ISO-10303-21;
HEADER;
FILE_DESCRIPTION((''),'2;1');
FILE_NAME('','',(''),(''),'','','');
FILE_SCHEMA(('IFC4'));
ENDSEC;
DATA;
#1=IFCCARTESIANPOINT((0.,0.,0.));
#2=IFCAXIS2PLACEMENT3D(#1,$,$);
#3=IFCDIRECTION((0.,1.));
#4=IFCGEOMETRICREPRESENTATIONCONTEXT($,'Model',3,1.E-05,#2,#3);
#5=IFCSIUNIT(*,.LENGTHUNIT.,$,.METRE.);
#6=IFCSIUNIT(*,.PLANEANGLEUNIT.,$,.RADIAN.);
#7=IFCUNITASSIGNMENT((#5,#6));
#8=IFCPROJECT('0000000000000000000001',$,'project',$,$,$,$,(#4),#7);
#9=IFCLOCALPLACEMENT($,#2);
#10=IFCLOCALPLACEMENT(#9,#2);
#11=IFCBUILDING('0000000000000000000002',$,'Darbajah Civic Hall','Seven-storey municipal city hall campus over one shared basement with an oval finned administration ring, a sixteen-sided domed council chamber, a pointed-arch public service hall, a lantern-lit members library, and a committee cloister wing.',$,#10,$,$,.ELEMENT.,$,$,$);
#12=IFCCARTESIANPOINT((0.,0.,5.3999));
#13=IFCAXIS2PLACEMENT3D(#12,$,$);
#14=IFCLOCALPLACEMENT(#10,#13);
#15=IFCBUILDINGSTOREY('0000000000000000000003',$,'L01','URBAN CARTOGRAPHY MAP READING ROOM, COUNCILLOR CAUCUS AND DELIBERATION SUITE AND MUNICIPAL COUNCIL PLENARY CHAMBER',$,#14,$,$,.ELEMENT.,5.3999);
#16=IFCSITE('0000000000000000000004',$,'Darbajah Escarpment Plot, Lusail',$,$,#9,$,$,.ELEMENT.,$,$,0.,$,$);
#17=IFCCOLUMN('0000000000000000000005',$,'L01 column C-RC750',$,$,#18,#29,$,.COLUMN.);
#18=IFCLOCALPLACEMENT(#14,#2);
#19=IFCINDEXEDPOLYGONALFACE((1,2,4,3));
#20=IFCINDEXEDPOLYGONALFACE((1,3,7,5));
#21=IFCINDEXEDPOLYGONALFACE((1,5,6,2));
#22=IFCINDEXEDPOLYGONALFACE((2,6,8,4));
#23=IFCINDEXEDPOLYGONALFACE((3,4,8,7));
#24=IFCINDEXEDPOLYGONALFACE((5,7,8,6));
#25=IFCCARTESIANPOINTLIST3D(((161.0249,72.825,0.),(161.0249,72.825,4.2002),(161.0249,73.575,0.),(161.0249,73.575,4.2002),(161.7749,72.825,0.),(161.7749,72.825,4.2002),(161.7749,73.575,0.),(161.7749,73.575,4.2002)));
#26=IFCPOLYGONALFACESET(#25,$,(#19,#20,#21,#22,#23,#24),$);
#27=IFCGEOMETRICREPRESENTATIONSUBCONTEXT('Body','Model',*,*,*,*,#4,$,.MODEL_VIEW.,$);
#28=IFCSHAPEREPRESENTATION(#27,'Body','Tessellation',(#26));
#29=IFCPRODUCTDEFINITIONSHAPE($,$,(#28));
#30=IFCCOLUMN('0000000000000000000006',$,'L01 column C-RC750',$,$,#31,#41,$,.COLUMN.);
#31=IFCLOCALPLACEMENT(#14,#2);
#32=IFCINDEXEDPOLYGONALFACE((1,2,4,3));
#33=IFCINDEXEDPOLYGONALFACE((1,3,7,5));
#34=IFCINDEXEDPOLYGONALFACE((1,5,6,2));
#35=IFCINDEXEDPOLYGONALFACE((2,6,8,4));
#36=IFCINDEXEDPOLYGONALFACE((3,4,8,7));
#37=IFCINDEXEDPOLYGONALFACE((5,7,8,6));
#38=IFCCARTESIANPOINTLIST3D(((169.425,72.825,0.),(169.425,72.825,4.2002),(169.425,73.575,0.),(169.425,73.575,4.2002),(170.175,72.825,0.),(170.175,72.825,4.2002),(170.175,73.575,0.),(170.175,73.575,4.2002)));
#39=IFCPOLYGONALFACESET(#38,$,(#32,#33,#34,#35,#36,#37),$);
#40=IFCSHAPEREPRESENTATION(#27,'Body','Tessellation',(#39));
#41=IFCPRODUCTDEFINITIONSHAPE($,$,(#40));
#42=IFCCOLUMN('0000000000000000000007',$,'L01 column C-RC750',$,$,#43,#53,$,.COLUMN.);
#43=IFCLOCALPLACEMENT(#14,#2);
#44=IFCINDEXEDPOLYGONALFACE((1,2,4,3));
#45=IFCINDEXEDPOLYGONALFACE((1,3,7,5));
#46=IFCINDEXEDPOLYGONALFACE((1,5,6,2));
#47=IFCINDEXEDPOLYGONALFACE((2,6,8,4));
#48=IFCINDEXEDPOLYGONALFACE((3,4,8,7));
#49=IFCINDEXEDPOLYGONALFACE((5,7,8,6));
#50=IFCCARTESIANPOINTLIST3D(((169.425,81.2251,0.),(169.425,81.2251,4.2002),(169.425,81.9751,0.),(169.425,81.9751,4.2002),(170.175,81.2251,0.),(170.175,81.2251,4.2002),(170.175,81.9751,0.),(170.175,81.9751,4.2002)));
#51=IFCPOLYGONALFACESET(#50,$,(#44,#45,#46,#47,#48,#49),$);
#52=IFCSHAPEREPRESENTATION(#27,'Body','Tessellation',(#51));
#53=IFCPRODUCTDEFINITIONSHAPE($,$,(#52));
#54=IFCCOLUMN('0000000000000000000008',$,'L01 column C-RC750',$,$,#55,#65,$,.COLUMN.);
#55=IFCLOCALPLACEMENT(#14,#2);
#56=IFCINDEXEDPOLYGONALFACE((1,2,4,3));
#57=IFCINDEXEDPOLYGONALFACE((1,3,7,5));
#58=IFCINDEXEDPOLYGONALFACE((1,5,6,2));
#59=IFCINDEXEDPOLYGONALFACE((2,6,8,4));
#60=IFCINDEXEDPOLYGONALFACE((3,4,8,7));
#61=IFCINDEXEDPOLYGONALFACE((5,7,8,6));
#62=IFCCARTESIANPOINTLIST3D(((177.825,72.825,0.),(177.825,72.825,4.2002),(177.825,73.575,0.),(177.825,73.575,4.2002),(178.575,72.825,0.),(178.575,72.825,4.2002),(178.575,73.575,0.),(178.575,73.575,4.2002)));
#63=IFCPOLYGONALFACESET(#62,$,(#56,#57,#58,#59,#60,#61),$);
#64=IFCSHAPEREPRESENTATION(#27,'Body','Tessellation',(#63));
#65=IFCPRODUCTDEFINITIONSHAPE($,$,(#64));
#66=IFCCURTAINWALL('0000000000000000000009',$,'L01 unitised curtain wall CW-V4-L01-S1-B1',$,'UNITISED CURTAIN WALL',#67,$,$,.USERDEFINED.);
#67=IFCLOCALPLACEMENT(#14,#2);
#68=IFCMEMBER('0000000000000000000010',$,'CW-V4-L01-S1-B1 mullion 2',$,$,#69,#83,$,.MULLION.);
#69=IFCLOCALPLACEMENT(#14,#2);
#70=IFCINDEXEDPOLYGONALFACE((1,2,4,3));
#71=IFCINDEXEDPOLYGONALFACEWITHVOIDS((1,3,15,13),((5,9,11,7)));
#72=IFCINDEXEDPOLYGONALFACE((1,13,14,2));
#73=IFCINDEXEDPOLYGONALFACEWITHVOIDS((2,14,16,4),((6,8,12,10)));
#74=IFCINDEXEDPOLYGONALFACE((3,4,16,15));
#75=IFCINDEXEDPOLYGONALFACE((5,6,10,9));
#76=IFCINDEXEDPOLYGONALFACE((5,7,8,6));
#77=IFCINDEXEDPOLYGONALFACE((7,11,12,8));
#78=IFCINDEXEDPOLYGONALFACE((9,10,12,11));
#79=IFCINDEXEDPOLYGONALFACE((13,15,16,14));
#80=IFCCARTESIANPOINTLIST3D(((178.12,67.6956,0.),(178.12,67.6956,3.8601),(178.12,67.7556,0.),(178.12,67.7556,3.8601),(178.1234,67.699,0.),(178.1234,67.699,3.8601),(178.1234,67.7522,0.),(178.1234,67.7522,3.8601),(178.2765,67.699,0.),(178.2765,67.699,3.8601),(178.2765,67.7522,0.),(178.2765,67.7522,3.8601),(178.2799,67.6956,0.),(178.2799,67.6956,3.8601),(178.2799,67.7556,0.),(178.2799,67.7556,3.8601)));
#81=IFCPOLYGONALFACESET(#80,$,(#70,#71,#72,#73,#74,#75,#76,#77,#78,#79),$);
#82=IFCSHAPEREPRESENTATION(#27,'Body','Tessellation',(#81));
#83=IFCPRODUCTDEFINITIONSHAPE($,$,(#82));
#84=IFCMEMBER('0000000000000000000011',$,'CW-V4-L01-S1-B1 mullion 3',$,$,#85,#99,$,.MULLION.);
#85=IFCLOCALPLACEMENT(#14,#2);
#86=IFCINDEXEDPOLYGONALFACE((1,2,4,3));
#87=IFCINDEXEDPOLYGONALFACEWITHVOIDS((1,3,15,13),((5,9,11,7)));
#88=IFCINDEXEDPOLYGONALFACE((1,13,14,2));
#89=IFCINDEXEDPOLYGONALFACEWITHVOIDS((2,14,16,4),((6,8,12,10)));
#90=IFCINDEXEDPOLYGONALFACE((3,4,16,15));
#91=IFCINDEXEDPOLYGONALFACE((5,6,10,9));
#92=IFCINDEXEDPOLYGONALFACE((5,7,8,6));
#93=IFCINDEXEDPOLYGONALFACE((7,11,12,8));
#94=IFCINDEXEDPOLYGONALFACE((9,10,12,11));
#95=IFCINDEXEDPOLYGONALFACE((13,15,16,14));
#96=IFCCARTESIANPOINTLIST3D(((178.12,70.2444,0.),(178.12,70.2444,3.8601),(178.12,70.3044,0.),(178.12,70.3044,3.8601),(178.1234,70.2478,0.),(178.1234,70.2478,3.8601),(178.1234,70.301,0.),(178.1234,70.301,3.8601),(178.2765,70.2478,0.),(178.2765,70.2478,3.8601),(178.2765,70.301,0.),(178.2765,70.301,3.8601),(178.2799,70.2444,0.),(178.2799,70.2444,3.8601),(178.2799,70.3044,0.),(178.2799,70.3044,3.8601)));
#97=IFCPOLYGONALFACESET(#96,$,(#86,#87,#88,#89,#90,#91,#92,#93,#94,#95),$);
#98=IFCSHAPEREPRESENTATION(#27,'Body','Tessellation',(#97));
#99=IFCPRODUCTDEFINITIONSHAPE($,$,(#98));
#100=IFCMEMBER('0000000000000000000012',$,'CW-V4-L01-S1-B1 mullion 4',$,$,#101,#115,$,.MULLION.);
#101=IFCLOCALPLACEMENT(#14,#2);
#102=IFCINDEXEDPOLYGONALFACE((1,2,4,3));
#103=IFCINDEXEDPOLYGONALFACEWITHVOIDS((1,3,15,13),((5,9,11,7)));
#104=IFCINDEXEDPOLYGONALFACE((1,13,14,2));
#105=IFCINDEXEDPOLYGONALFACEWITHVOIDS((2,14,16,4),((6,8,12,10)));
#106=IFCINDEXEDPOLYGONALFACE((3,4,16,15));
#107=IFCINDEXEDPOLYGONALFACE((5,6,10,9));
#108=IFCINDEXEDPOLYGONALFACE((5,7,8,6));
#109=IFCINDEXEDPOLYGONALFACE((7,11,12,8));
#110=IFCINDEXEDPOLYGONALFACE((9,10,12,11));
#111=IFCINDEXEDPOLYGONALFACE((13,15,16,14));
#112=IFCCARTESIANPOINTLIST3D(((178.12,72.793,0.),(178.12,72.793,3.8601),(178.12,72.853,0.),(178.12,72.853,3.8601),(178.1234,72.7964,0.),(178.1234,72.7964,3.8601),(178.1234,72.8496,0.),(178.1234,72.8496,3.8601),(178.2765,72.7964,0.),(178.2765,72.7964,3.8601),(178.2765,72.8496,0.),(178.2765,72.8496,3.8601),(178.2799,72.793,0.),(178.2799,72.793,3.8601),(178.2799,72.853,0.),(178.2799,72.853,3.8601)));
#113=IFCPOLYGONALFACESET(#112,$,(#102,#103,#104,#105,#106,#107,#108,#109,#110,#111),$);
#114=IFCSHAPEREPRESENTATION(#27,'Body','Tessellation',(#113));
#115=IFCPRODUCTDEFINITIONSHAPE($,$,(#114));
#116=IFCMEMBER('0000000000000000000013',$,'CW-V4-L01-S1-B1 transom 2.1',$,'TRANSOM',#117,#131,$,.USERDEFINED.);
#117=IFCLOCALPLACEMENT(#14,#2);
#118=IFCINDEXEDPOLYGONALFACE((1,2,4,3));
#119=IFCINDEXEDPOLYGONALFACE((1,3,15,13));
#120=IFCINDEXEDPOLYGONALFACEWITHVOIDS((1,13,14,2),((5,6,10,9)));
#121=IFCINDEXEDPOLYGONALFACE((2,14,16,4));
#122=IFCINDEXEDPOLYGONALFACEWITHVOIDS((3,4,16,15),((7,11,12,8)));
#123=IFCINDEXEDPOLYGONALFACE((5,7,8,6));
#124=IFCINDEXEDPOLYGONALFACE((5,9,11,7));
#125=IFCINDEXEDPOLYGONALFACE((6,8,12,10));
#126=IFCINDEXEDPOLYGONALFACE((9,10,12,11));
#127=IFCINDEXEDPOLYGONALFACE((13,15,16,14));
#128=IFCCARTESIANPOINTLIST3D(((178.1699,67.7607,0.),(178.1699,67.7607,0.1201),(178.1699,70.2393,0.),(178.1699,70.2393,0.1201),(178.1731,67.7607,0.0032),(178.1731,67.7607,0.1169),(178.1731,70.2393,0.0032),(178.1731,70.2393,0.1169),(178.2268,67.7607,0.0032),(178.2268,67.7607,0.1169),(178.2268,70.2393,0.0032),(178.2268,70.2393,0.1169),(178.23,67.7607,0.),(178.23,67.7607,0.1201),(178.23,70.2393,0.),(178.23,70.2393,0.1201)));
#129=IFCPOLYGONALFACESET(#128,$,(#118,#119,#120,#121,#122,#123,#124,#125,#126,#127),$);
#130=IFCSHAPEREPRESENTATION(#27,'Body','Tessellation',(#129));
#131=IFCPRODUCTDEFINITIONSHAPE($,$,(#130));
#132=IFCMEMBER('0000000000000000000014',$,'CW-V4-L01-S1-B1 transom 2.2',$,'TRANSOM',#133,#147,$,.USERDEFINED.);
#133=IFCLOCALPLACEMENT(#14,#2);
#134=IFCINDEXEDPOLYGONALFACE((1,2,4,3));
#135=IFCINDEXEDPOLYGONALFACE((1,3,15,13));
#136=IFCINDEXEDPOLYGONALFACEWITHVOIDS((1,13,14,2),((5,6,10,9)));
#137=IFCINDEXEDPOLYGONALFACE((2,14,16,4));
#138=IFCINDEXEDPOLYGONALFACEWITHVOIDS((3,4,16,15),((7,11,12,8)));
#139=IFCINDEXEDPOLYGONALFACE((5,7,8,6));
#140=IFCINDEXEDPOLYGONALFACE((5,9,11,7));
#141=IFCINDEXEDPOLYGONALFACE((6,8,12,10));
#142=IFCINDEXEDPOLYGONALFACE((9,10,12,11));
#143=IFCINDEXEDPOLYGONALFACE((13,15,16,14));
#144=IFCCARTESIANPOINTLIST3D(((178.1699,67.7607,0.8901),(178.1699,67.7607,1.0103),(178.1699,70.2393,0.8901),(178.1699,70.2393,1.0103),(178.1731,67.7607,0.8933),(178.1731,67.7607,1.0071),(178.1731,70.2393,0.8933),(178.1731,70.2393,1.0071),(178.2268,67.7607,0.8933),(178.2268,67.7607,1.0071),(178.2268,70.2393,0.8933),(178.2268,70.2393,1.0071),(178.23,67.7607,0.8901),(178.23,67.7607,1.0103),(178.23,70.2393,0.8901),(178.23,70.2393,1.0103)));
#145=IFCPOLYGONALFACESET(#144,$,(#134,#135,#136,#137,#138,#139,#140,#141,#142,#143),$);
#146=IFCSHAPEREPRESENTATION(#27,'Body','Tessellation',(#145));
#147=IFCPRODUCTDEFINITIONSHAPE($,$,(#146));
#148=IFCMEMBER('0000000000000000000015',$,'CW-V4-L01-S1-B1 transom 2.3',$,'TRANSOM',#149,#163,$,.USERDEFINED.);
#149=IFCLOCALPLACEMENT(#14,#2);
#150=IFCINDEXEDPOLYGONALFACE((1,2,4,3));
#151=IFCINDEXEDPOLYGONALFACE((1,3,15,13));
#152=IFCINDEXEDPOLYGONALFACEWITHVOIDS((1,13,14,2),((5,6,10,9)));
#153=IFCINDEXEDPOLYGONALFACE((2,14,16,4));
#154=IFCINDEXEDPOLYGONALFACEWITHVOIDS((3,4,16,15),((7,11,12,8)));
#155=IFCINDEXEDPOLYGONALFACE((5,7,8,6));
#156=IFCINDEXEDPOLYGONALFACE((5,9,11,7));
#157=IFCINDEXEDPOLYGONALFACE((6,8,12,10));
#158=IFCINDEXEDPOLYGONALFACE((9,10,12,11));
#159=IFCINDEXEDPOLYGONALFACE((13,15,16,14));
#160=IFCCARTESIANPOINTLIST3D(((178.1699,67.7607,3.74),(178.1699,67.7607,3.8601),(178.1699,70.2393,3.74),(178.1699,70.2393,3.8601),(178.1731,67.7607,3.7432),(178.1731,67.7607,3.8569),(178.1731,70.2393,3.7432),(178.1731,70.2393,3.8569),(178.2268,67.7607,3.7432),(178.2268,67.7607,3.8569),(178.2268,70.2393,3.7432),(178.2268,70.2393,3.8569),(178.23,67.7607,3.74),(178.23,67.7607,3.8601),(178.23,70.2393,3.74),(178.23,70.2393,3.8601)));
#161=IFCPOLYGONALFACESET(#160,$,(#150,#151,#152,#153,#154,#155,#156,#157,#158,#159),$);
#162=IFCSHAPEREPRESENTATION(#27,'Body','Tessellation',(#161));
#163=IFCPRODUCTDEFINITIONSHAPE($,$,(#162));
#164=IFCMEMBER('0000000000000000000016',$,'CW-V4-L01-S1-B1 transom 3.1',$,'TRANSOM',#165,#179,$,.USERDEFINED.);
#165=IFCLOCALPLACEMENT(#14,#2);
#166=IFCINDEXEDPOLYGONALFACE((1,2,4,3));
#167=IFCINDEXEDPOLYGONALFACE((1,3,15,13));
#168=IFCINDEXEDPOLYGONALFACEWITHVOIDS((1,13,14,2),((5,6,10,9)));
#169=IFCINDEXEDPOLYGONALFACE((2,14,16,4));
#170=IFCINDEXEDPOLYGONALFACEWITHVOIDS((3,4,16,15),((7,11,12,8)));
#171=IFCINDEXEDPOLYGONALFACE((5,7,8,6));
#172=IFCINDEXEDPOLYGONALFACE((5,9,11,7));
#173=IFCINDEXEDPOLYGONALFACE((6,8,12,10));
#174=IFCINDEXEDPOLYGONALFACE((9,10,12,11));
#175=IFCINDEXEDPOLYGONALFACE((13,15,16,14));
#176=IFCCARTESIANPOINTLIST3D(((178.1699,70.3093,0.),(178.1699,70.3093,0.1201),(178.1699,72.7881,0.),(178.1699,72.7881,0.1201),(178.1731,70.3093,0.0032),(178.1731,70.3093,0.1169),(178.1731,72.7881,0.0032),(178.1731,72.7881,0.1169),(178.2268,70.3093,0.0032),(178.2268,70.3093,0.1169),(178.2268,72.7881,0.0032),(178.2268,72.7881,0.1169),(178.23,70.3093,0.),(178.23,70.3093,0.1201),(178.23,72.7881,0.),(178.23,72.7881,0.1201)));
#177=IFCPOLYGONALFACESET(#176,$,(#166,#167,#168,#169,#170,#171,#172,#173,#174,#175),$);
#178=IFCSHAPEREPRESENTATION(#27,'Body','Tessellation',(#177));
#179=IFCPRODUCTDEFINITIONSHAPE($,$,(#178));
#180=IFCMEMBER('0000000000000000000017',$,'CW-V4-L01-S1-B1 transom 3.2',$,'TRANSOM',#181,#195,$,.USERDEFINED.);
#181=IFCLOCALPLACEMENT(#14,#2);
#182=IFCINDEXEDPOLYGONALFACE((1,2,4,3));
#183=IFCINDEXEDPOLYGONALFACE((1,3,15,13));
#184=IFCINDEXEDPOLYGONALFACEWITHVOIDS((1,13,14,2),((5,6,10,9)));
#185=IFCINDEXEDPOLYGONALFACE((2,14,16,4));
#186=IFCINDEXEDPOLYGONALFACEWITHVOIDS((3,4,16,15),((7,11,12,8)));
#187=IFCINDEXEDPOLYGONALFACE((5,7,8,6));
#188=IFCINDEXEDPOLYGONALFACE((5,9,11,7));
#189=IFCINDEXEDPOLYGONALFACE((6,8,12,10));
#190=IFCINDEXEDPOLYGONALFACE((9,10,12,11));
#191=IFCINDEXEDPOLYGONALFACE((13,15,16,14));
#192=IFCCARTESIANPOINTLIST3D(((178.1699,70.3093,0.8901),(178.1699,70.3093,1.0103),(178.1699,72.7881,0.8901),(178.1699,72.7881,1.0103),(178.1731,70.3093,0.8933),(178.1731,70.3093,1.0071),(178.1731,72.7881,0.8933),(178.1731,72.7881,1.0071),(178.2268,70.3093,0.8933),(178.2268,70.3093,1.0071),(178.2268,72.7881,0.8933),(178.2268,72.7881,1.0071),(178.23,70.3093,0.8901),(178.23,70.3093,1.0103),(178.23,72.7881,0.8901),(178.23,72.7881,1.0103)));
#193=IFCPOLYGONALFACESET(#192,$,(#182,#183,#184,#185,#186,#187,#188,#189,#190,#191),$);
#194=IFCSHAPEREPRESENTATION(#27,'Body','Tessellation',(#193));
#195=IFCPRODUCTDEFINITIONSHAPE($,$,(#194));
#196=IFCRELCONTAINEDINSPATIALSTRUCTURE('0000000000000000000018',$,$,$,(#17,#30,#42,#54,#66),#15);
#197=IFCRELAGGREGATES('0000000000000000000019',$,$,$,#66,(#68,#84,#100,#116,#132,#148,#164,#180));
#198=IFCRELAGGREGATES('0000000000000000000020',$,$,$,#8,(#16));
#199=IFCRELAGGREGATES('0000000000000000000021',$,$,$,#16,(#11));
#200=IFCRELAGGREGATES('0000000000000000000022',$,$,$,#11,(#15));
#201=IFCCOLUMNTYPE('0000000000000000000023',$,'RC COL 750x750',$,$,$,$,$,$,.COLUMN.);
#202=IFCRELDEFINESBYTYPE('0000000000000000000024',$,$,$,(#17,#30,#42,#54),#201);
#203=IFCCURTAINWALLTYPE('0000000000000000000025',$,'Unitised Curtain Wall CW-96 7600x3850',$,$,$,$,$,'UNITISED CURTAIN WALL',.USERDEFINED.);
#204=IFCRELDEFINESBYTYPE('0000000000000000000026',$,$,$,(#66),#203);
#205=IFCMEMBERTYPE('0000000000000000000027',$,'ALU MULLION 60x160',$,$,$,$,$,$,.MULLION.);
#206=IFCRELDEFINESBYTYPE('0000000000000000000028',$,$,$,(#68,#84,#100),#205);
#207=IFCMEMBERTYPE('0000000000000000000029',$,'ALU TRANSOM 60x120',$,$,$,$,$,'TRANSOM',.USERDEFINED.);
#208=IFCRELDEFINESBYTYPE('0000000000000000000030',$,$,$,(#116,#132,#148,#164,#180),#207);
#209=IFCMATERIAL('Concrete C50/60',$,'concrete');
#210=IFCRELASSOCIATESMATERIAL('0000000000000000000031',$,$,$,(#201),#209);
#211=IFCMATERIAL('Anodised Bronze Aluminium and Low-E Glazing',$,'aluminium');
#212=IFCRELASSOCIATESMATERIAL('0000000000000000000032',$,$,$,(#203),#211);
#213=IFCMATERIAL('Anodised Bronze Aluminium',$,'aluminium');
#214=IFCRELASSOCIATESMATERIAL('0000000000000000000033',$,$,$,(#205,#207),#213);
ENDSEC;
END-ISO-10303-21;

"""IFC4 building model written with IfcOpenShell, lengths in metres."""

from ifc_helpers import new_model, si_unit, direction, frame, origin, origin_2d, place, context, subcontext, project, spatial, rectangle, hollow_rectangle, extrude, material, material_profile, profile_set, type_object, element, aggregate, save


model = new_model("IFC4")

# Units and contexts
model_context = context("Model", 3, precision=1e-05, world=origin(), true_north=direction((0.0, 1.0)))
body_context = subcontext(model_context, "Body", "Model", "MODEL_VIEW")
ifc_project = project(units=[si_unit("LENGTHUNIT", "METRE"), si_unit("PLANEANGLEUNIT", "RADIAN")], contexts=[model_context])

# Site, building, storey
site_placement = place(None, origin())
site = spatial("IfcSite", under=ifc_project, at=site_placement, Name="Darbajah Escarpment Plot, Lusail", CompositionType="ELEMENT", RefElevation=0.0)
building_placement = place(site_placement, origin())
building = spatial("IfcBuilding", under=site, at=building_placement, Name="Darbajah Civic Hall", Description="Seven-storey municipal city hall campus over one shared basement with an oval finned administration ring, a sixteen-sided domed council chamber, a pointed-arch public service hall, a lantern-lit members library, and a committee cloister wing.", CompositionType="ELEMENT")
storey_placement = place(building_placement, frame((0.0, 0.0, 5.3999)))
storey = spatial("IfcBuildingStorey", under=building, at=storey_placement, Name="L01", Description="URBAN CARTOGRAPHY MAP READING ROOM, COUNCILLOR CAUCUS AND DELIBERATION SUITE AND MUNICIPAL COUNCIL PLENARY CHAMBER", CompositionType="ELEMENT", Elevation=5.3999)

# Columns
ifc_material_1 = material(Name="Concrete C50/60", Category="concrete")
ifc_material_profile_1 = material_profile(ifc_material_1, rectangle(XDim=0.75, YDim=0.75, at=origin_2d()), Name="RC COL 750x750")
ifc_profile_set_1 = profile_set([ifc_material_profile_1], Name="Concrete C50/60")
column_type = type_object("IfcColumnType", Name="RC COL 750x750", PredefinedType="COLUMN", material=ifc_profile_set_1)
for number, where, z_axis, x_axis, name in (
    (1, (161.3999, 73.2, 0.0), (0.0, 0.0, 1.0), (1.0, 0.0, 0.0), "L01 column C-RC750"),
    (2, (169.8, 73.2, 0.0), (0.0, 0.0, 1.0), (1.0, 0.0, 0.0), "L01 column C-RC750"),
    (3, (169.8, 81.6001, 0.0), (0.0, 0.0, 1.0), (1.0, 0.0, 0.0), "L01 column C-RC750"),
    (4, (178.2, 73.2, 0.0), (0.0, 0.0, 1.0), (1.0, 0.0, 0.0), "L01 column C-RC750"),
):
    element("IfcColumn", number, at=place(storey_placement, frame(where, z_axis=z_axis, x_axis=x_axis)), inside=storey, type_object=column_type, Name=name, PredefinedType="COLUMN", context=body_context, shape_type="SweptSolid", body=[
        extrude(rectangle(XDim=0.75, YDim=0.75, at=origin_2d()), origin(), (0.0, 0.0, 1.0), 4.2002),
    ])

# Curtain wall, members
ifc_material_2 = material(Name="Anodised Bronze Aluminium and Low-E Glazing", Category="aluminium")
curtain_wall_type = type_object("IfcCurtainWallType", Name="Unitised Curtain Wall CW-96 7600x3850", ElementType="UNITISED CURTAIN WALL", PredefinedType="USERDEFINED", material=ifc_material_2)
curtain_wall_placement = place(storey_placement, origin())
curtain_wall = element("IfcCurtainWall", 5, at=curtain_wall_placement, inside=storey, type_object=curtain_wall_type, Name="L01 unitised curtain wall CW-V4-L01-S1-B1", ObjectType="UNITISED CURTAIN WALL", PredefinedType="USERDEFINED")
ifc_material_3 = material(Name="Anodised Bronze Aluminium", Category="aluminium")
ifc_material_profile_2 = material_profile(ifc_material_3, hollow_rectangle(XDim=0.0601, YDim=0.1599, WallThickness=0.0034, at=origin_2d()), Name="ALU MULLION 60x160")
ifc_profile_set_2 = profile_set([ifc_material_profile_2], Name="Anodised Bronze Aluminium")
member_type_1 = type_object("IfcMemberType", Name="ALU MULLION 60x160", PredefinedType="MULLION", material=ifc_profile_set_2)
member_1_placement = place(storey_placement, frame((178.2, 67.7256, 0.0), z_axis=(0.0, 0.0, 1.0), x_axis=(0.0, 1.0, 0.0)))
member_1 = element("IfcMember", 6, at=member_1_placement, type_object=member_type_1, Name="CW-V4-L01-S1-B1 mullion 2", PredefinedType="MULLION", context=body_context, shape_type="SweptSolid", body=[
    extrude(hollow_rectangle(XDim=0.0601, YDim=0.1599, WallThickness=0.0034, at=origin_2d()), origin(), (0.0, 0.0, 1.0), 3.8601),
])
member_2_placement = place(storey_placement, frame((178.2, 70.2744, 0.0), z_axis=(0.0, 0.0, 1.0), x_axis=(0.0, 1.0, 0.0)))
member_2 = element("IfcMember", 7, at=member_2_placement, type_object=member_type_1, Name="CW-V4-L01-S1-B1 mullion 3", PredefinedType="MULLION", context=body_context, shape_type="SweptSolid", body=[
    extrude(hollow_rectangle(XDim=0.0601, YDim=0.1599, WallThickness=0.0034, at=origin_2d()), origin(), (0.0, 0.0, 1.0), 3.8601),
])
member_3_placement = place(storey_placement, frame((178.2, 72.823, 0.0), z_axis=(0.0, 0.0, 1.0), x_axis=(0.0, 1.0, 0.0)))
member_3 = element("IfcMember", 8, at=member_3_placement, type_object=member_type_1, Name="CW-V4-L01-S1-B1 mullion 4", PredefinedType="MULLION", context=body_context, shape_type="SweptSolid", body=[
    extrude(hollow_rectangle(XDim=0.0601, YDim=0.1599, WallThickness=0.0034, at=origin_2d()), origin(), (0.0, 0.0, 1.0), 3.8601),
])
ifc_material_profile_3 = material_profile(ifc_material_3, hollow_rectangle(XDim=0.0601, YDim=0.1201, WallThickness=0.0032, at=origin_2d()), Name="ALU TRANSOM 60x120")
ifc_profile_set_3 = profile_set([ifc_material_profile_3], Name="Anodised Bronze Aluminium")
member_type_2 = type_object("IfcMemberType", Name="ALU TRANSOM 60x120", ElementType="TRANSOM", PredefinedType="USERDEFINED", material=ifc_profile_set_3)
member_4_placement = place(storey_placement, frame((178.2, 67.7607, 0.0601), z_axis=(0.0, 1.0, 0.0), x_axis=(-1.0, 0.0, 0.0)))
member_4 = element("IfcMember", 9, at=member_4_placement, type_object=member_type_2, Name="CW-V4-L01-S1-B1 transom 2.1", ObjectType="TRANSOM", PredefinedType="USERDEFINED", context=body_context, shape_type="SweptSolid", body=[
    extrude(hollow_rectangle(XDim=0.0601, YDim=0.1201, WallThickness=0.0032, at=origin_2d()), origin(), (0.0, 0.0, 1.0), 2.4785),
])
member_5_placement = place(storey_placement, frame((178.2, 67.7607, 0.9502), z_axis=(0.0, 1.0, 0.0), x_axis=(-1.0, 0.0, 0.0)))
member_5 = element("IfcMember", 10, at=member_5_placement, type_object=member_type_2, Name="CW-V4-L01-S1-B1 transom 2.2", ObjectType="TRANSOM", PredefinedType="USERDEFINED", context=body_context, shape_type="SweptSolid", body=[
    extrude(hollow_rectangle(XDim=0.0601, YDim=0.1201, WallThickness=0.0032, at=origin_2d()), origin(), (0.0, 0.0, 1.0), 2.4785),
])
member_6_placement = place(storey_placement, frame((178.2, 67.7607, 3.8), z_axis=(0.0, 1.0, 0.0), x_axis=(-1.0, 0.0, 0.0)))
member_6 = element("IfcMember", 11, at=member_6_placement, type_object=member_type_2, Name="CW-V4-L01-S1-B1 transom 2.3", ObjectType="TRANSOM", PredefinedType="USERDEFINED", context=body_context, shape_type="SweptSolid", body=[
    extrude(hollow_rectangle(XDim=0.0601, YDim=0.1201, WallThickness=0.0032, at=origin_2d()), origin(), (0.0, 0.0, 1.0), 2.4785),
])
member_7_placement = place(storey_placement, frame((178.2, 70.3093, 0.0601), z_axis=(0.0, 1.0, 0.0), x_axis=(-1.0, 0.0, 0.0)))
member_7 = element("IfcMember", 12, at=member_7_placement, type_object=member_type_2, Name="CW-V4-L01-S1-B1 transom 3.1", ObjectType="TRANSOM", PredefinedType="USERDEFINED", context=body_context, shape_type="SweptSolid", body=[
    extrude(hollow_rectangle(XDim=0.0601, YDim=0.1201, WallThickness=0.0032, at=origin_2d()), origin(), (0.0, 0.0, 1.0), 2.4788),
])
member_8_placement = place(storey_placement, frame((178.2, 70.3093, 0.9502), z_axis=(0.0, 1.0, 0.0), x_axis=(-1.0, 0.0, 0.0)))
member_8 = element("IfcMember", 13, at=member_8_placement, type_object=member_type_2, Name="CW-V4-L01-S1-B1 transom 3.2", ObjectType="TRANSOM", PredefinedType="USERDEFINED", context=body_context, shape_type="SweptSolid", body=[
    extrude(hollow_rectangle(XDim=0.0601, YDim=0.1201, WallThickness=0.0032, at=origin_2d()), origin(), (0.0, 0.0, 1.0), 2.4788),
])

aggregate(curtain_wall, [member_1, member_2, member_3, member_4, member_5, member_6, member_7, member_8])

save(model, "model.ifc")
